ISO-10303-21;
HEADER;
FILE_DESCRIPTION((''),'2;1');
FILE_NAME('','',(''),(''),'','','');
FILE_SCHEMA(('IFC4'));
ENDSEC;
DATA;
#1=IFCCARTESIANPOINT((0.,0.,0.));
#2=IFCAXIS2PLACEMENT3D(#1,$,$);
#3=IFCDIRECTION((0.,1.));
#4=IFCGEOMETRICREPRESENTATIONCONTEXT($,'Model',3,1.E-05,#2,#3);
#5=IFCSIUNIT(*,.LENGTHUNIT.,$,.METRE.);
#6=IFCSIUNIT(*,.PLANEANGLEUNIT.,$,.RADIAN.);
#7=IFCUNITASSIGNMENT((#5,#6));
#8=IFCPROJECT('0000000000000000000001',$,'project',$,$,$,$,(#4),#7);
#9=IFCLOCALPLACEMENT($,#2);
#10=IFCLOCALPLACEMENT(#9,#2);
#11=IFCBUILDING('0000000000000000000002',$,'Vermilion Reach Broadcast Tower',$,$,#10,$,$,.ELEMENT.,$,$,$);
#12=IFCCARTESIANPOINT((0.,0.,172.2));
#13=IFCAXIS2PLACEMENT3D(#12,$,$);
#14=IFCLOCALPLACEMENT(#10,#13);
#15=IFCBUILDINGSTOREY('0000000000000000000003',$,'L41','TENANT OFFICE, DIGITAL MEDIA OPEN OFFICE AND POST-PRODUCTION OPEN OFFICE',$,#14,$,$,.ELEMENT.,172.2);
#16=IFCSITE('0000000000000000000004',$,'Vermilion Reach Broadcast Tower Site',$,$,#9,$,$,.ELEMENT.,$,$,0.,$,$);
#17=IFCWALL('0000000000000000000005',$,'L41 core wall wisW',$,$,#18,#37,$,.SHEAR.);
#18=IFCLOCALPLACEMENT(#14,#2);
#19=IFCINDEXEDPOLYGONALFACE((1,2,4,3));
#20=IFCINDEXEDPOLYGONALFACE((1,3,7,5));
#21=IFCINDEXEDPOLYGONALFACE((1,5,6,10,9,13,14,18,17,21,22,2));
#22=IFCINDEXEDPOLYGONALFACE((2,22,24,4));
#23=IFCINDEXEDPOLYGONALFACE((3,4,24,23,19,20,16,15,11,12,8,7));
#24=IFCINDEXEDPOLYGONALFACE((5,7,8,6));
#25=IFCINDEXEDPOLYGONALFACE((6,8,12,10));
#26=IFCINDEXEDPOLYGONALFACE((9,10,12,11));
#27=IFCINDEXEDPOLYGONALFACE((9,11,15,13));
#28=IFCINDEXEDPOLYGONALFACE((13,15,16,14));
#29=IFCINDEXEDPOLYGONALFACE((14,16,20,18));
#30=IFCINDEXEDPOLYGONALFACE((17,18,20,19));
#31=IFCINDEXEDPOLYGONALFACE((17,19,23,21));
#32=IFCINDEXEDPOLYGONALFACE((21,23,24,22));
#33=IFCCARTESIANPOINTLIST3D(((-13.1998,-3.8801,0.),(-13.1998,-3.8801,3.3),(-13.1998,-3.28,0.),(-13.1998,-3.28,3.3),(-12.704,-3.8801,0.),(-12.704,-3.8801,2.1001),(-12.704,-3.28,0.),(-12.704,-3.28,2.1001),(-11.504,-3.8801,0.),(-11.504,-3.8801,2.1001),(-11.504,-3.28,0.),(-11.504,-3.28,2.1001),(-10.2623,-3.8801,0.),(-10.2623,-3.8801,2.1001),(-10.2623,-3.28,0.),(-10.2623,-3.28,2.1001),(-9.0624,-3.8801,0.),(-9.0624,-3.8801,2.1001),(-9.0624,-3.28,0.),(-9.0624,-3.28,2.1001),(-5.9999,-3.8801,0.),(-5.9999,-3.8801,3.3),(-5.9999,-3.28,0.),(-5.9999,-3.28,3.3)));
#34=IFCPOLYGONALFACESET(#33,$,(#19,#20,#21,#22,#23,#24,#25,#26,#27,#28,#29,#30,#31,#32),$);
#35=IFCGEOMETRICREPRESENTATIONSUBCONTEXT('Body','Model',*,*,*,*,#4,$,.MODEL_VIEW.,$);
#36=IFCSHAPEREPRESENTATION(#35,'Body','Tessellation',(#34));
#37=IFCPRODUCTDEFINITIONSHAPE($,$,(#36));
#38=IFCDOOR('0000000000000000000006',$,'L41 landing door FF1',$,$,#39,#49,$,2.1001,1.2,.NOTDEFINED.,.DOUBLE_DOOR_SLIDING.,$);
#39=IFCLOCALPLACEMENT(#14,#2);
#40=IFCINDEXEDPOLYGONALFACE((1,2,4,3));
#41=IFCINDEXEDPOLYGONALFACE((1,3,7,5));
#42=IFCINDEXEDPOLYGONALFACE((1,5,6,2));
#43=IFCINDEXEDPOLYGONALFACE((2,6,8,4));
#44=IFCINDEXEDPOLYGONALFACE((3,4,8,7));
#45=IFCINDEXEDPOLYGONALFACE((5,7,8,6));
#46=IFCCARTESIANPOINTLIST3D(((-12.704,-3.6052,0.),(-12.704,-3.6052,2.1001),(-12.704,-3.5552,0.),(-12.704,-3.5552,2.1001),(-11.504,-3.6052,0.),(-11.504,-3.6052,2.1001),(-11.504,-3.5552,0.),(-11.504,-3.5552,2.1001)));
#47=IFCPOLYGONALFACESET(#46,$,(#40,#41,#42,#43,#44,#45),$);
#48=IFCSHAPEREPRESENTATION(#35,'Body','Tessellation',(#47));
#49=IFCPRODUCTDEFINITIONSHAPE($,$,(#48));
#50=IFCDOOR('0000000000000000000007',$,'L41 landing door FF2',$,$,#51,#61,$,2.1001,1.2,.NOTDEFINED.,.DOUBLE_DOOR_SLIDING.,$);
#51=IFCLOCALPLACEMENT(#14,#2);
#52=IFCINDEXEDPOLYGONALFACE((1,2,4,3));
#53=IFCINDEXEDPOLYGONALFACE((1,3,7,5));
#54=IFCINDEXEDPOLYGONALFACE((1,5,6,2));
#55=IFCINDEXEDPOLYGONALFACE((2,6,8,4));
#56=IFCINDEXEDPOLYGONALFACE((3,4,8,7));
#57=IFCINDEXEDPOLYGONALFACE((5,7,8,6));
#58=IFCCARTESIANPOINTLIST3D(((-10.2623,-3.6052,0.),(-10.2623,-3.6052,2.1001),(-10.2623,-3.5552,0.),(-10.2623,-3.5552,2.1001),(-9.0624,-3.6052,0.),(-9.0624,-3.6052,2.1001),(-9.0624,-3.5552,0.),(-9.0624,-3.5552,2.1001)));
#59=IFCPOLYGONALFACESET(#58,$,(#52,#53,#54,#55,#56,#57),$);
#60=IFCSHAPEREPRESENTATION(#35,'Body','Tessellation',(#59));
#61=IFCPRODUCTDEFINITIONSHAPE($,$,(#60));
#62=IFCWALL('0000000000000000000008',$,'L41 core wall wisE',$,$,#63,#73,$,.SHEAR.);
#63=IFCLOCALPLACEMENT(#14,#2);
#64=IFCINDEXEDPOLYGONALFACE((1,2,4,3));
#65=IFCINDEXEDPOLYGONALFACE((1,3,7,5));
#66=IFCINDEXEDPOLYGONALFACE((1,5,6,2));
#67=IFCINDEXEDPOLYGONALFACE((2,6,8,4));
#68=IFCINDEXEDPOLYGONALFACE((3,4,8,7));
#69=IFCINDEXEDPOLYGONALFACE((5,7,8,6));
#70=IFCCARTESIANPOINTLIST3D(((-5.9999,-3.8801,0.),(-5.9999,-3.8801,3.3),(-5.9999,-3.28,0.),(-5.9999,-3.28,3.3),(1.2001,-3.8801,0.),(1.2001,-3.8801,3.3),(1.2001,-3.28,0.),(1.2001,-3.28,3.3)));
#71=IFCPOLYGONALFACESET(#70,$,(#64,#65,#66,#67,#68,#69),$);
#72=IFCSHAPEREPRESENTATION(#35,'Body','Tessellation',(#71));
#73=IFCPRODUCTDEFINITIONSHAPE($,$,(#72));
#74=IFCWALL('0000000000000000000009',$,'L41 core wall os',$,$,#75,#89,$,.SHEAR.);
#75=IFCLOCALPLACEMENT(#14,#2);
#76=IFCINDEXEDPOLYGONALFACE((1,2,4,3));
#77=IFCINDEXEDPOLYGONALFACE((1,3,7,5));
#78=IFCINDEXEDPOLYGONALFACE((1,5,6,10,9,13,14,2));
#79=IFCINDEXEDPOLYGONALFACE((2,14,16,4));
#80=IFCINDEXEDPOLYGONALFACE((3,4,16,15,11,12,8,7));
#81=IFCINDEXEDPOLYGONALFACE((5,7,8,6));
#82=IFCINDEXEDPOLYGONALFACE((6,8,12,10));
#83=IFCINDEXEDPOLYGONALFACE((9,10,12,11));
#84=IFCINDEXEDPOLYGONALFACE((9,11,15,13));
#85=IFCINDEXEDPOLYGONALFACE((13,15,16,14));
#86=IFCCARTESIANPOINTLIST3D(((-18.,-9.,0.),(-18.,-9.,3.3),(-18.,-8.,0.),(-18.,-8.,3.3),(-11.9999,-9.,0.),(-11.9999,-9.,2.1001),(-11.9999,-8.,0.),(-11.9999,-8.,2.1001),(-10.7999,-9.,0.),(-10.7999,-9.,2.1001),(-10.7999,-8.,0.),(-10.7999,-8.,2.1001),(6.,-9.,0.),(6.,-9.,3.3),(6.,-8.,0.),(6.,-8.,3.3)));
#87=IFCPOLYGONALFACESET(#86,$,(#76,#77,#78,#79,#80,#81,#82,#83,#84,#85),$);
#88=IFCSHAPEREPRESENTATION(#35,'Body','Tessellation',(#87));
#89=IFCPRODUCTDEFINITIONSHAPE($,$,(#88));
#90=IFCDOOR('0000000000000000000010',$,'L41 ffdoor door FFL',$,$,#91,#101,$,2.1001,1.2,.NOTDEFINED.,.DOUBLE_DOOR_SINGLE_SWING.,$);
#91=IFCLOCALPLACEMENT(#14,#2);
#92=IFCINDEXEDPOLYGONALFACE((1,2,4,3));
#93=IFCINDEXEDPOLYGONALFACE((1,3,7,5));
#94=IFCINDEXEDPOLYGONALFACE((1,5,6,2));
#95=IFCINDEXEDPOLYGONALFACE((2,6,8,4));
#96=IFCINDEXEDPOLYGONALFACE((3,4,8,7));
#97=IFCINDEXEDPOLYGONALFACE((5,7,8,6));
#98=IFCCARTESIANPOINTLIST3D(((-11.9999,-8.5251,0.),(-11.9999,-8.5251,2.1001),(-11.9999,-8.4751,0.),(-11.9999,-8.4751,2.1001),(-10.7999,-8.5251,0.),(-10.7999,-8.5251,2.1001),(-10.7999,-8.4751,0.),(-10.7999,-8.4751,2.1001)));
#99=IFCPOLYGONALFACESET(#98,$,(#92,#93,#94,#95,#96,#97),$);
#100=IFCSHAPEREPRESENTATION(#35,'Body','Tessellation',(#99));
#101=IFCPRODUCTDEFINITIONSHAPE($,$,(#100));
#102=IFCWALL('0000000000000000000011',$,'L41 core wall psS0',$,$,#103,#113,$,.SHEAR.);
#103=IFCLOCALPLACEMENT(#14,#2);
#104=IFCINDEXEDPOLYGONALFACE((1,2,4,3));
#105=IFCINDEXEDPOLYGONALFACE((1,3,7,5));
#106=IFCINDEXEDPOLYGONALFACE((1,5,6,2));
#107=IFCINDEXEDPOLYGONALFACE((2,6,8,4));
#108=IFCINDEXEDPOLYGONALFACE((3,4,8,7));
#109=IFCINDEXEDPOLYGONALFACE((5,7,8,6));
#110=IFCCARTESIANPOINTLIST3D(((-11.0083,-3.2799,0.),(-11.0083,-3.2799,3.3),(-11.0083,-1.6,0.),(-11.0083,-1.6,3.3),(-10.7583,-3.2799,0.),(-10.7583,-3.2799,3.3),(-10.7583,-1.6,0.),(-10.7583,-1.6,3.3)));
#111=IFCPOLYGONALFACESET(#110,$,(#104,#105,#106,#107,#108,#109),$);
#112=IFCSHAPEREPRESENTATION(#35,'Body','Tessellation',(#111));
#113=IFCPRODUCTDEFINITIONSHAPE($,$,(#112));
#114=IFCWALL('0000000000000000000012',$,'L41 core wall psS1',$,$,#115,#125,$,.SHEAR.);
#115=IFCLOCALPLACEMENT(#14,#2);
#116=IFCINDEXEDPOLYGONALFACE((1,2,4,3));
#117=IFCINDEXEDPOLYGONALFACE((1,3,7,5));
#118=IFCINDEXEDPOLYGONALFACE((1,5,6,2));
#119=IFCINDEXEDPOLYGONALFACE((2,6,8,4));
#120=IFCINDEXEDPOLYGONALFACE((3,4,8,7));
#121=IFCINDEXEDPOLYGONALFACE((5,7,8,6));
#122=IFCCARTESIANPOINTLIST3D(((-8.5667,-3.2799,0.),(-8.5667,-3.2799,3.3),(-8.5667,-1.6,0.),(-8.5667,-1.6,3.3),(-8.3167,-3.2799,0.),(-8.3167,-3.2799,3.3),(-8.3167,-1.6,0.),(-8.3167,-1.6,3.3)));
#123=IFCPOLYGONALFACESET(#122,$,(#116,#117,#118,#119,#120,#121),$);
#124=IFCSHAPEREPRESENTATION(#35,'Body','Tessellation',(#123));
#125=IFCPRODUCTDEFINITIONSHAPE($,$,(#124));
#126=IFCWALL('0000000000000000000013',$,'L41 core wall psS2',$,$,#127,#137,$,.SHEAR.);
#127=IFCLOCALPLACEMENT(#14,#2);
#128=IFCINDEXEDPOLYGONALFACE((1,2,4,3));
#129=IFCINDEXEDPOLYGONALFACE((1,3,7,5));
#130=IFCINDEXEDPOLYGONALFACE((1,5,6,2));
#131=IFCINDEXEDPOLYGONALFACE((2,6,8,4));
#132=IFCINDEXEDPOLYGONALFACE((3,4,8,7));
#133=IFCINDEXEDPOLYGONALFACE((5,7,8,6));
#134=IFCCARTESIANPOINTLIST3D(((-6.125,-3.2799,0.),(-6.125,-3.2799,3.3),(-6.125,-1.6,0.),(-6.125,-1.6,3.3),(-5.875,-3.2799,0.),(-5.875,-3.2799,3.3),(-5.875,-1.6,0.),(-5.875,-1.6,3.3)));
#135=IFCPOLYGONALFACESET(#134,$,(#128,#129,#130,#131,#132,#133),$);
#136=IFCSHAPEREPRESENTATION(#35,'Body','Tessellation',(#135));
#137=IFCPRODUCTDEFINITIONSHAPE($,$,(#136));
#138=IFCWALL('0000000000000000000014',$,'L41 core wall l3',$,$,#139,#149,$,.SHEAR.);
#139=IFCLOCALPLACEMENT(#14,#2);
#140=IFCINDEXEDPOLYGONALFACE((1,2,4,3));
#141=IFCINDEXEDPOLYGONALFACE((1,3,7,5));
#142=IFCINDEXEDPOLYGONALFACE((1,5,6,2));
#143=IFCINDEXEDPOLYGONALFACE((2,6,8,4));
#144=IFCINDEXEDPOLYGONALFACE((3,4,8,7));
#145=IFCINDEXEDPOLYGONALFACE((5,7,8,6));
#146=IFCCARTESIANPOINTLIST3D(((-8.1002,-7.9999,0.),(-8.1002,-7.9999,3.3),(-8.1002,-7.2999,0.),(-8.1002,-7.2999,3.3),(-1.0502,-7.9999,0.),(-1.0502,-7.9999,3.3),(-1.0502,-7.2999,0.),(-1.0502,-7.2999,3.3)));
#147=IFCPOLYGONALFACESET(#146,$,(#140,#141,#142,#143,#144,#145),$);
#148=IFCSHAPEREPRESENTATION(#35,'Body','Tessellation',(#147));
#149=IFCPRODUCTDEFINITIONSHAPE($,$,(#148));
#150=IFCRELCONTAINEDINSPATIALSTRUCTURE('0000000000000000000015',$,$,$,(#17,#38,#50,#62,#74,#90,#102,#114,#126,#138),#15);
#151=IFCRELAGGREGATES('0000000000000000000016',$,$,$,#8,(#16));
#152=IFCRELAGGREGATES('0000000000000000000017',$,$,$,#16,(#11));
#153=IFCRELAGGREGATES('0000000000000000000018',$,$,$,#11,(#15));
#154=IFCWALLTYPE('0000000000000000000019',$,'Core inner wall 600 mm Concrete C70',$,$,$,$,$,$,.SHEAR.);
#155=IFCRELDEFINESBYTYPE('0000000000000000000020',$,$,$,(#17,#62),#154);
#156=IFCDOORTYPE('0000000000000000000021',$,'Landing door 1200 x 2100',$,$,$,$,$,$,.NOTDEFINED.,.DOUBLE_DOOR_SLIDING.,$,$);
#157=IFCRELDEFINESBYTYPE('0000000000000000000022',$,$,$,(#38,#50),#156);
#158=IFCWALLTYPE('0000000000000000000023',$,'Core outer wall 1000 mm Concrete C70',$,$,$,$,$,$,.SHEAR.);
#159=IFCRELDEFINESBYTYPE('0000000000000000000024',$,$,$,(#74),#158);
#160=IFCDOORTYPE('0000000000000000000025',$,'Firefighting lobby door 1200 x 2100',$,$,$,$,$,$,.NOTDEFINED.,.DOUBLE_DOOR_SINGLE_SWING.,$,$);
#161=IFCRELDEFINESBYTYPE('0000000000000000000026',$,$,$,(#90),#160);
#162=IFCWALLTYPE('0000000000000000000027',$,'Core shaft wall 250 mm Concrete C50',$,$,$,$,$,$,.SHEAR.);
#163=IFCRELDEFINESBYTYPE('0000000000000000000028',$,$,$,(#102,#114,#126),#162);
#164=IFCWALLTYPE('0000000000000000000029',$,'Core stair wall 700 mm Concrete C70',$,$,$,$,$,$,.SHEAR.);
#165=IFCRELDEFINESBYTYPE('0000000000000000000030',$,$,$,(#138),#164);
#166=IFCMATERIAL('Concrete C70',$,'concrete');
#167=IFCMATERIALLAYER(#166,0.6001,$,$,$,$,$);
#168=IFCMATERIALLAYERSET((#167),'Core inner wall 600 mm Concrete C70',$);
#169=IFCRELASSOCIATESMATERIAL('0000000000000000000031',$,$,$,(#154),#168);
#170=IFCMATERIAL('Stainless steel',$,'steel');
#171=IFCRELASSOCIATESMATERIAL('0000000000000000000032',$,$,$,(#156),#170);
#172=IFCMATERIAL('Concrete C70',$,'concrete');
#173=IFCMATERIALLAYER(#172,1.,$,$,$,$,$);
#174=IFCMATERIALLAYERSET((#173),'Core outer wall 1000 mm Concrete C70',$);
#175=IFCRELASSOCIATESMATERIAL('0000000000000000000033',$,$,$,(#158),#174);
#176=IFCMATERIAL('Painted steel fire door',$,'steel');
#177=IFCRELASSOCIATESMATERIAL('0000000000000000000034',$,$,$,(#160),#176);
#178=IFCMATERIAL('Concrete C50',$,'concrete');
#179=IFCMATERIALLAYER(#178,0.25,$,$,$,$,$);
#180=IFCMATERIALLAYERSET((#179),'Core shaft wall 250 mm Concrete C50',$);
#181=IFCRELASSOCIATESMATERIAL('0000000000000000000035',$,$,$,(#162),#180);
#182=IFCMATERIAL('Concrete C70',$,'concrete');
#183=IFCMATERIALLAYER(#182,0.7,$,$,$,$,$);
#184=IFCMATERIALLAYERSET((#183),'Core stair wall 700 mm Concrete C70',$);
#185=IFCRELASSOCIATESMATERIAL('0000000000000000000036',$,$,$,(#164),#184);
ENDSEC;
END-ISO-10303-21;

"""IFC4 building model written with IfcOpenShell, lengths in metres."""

from ifc_helpers import new_model, si_unit, direction, frame, frame_2d, origin, place, context, subcontext, project, spatial, rectangle, extrude, material, layer, layer_set, type_object, element, fill, save


model = new_model("IFC4")

# Units and contexts
model_context = context("Model", 3, precision=1e-05, world=origin(), true_north=direction((0.0, 1.0)))
body_context = subcontext(model_context, "Body", "Model", "MODEL_VIEW")
ifc_project = project(units=[si_unit("LENGTHUNIT", "METRE"), si_unit("PLANEANGLEUNIT", "RADIAN")], contexts=[model_context])

# Site, building, storey
site_placement = place(None, origin())
site = spatial("IfcSite", under=ifc_project, at=site_placement, Name="Vermilion Reach Broadcast Tower Site", CompositionType="ELEMENT", RefElevation=0.0)
building_placement = place(site_placement, origin())
building = spatial("IfcBuilding", under=site, at=building_placement, Name="Vermilion Reach Broadcast Tower", CompositionType="ELEMENT")
storey_placement = place(building_placement, frame((0.0, 0.0, 172.2)))
storey = spatial("IfcBuildingStorey", under=building, at=storey_placement, Name="L41", Description="TENANT OFFICE, DIGITAL MEDIA OPEN OFFICE AND POST-PRODUCTION OPEN OFFICE", CompositionType="ELEMENT", Elevation=172.2)

# Wall, openings, doors
ifc_material_1 = material(Name="Concrete C70", Category="concrete")
ifc_layer_1 = layer(ifc_material_1, 0.6001)
ifc_layer_set_1 = layer_set([ifc_layer_1], Name="Core inner wall 600 mm Concrete C70")
wall_type_1 = type_object("IfcWallType", Name="Core inner wall 600 mm Concrete C70", PredefinedType="SHEAR", material=ifc_layer_set_1)
wall_1_placement = place(storey_placement, frame((-13.2, -3.5801, 0.0), z_axis=(0.0, 0.0, 1.0), x_axis=(1.0, 0.0, 0.0)))
wall_1 = element("IfcWall", 1, at=wall_1_placement, inside=storey, type_object=wall_type_1, Name="L41 core wall wisW", PredefinedType="SHEAR", context=body_context, shape_type="SweptSolid", body=[
    extrude(rectangle(XDim=7.2, YDim=0.6001, at=frame_2d((3.6001, 0.0))), origin(), (0.0, 0.0, 1.0), 3.3),
])
opening_1_placement = place(wall_1_placement, frame((0.4958, 0.0, 0.0)))
opening_1 = element("IfcOpeningElement", 2, at=opening_1_placement, cuts=wall_1, PredefinedType="OPENING", context=body_context, shape_type="SweptSolid", body=[
    extrude(rectangle(XDim=1.2, YDim=2.1001, at=frame_2d((0.6001, 1.05))), frame((0.0, 0.3101, 0.0), z_axis=(0.0, -1.0, 0.0), x_axis=(1.0, 0.0, 0.0)), (0.0, 0.0, 1.0), 0.6201),
])
opening_2_placement = place(wall_1_placement, frame((2.9375, 0.0, 0.0)))
opening_2 = element("IfcOpeningElement", 3, at=opening_2_placement, cuts=wall_1, PredefinedType="OPENING", context=body_context, shape_type="SweptSolid", body=[
    extrude(rectangle(XDim=1.2, YDim=2.1001, at=frame_2d((0.6001, 1.05))), frame((0.0, 0.3101, 0.0), z_axis=(0.0, -1.0, 0.0), x_axis=(1.0, 0.0, 0.0)), (0.0, 0.0, 1.0), 0.6201),
])
ifc_material_2 = material(Name="Stainless steel", Category="steel")
door_type_1 = type_object("IfcDoorType", Name="Landing door 1200 x 2100", OperationType="DOUBLE_DOOR_SLIDING", PredefinedType="NOTDEFINED", material=ifc_material_2)
door_1_placement = place(opening_1_placement, origin())
door_1 = element("IfcDoor", 4, at=door_1_placement, inside=storey, type_object=door_type_1, Name="L41 landing door FF1", OperationType="DOUBLE_DOOR_SLIDING", OverallHeight=2.1001, OverallWidth=1.2, PredefinedType="NOTDEFINED", context=body_context, shape_type="SweptSolid", body=[
    extrude(rectangle(XDim=1.2, YDim=2.1001, at=frame_2d((0.6001, 1.05))), frame((0.0, 0.0249, 0.0), z_axis=(0.0, -1.0, 0.0), x_axis=(1.0, 0.0, 0.0)), (0.0, 0.0, 1.0), 0.05),
])
fill(opening_1, door_1)
door_2_placement = place(opening_2_placement, origin())
door_2 = element("IfcDoor", 5, at=door_2_placement, inside=storey, type_object=door_type_1, Name="L41 landing door FF2", OperationType="DOUBLE_DOOR_SLIDING", OverallHeight=2.1001, OverallWidth=1.2, PredefinedType="NOTDEFINED", context=body_context, shape_type="SweptSolid", body=[
    extrude(rectangle(XDim=1.2, YDim=2.1001, at=frame_2d((0.6001, 1.05))), frame((0.0, 0.0249, 0.0), z_axis=(0.0, -1.0, 0.0), x_axis=(1.0, 0.0, 0.0)), (0.0, 0.0, 1.0), 0.05),
])
fill(opening_2, door_2)

# Wall
wall_2_placement = place(storey_placement, frame((-6.0, -3.5801, 0.0), z_axis=(0.0, 0.0, 1.0), x_axis=(1.0, 0.0, 0.0)))
element("IfcWall", 6, at=wall_2_placement, inside=storey, type_object=wall_type_1, Name="L41 core wall wisE", PredefinedType="SHEAR", context=body_context, shape_type="SweptSolid", body=[
    extrude(rectangle(XDim=7.2, YDim=0.6001, at=frame_2d((3.6001, 0.0))), origin(), (0.0, 0.0, 1.0), 3.3),
])

# Wall, opening, door
ifc_material_3 = material(Name="Concrete C70", Category="concrete")
ifc_layer_2 = layer(ifc_material_3, 1.0)
ifc_layer_set_2 = layer_set([ifc_layer_2], Name="Core outer wall 1000 mm Concrete C70")
wall_type_2 = type_object("IfcWallType", Name="Core outer wall 1000 mm Concrete C70", PredefinedType="SHEAR", material=ifc_layer_set_2)
wall_3_placement = place(storey_placement, frame((-18.0, -8.5, 0.0), z_axis=(0.0, 0.0, 1.0), x_axis=(1.0, 0.0, 0.0)))
wall_3 = element("IfcWall", 7, at=wall_3_placement, inside=storey, type_object=wall_type_2, Name="L41 core wall os", PredefinedType="SHEAR", context=body_context, shape_type="SweptSolid", body=[
    extrude(rectangle(XDim=24.0, YDim=1.0, at=frame_2d((12.0, 0.0))), origin(), (0.0, 0.0, 1.0), 3.3),
])
opening_3_placement = place(wall_3_placement, frame((6.0, 0.0, 0.0)))
opening_3 = element("IfcOpeningElement", 8, at=opening_3_placement, cuts=wall_3, PredefinedType="OPENING", context=body_context, shape_type="SweptSolid", body=[
    extrude(rectangle(XDim=1.2, YDim=2.1001, at=frame_2d((0.6001, 1.05))), frame((0.0, 0.51, 0.0), z_axis=(0.0, -1.0, 0.0), x_axis=(1.0, 0.0, 0.0)), (0.0, 0.0, 1.0), 1.02),
])
ifc_material_4 = material(Name="Painted steel fire door", Category="steel")
door_type_2 = type_object("IfcDoorType", Name="Firefighting lobby door 1200 x 2100", OperationType="DOUBLE_DOOR_SINGLE_SWING", PredefinedType="NOTDEFINED", material=ifc_material_4)
door_3_placement = place(opening_3_placement, origin())
door_3 = element("IfcDoor", 9, at=door_3_placement, inside=storey, type_object=door_type_2, Name="L41 ffdoor door FFL", OperationType="DOUBLE_DOOR_SINGLE_SWING", OverallHeight=2.1001, OverallWidth=1.2, PredefinedType="NOTDEFINED", context=body_context, shape_type="SweptSolid", body=[
    extrude(rectangle(XDim=1.2, YDim=2.1001, at=frame_2d((0.6001, 1.05))), frame((0.0, 0.0249, 0.0), z_axis=(0.0, -1.0, 0.0), x_axis=(1.0, 0.0, 0.0)), (0.0, 0.0, 1.0), 0.05),
])
fill(opening_3, door_3)

# Walls
ifc_material_5 = material(Name="Concrete C50", Category="concrete")
ifc_layer_3 = layer(ifc_material_5, 0.25)
ifc_layer_set_3 = layer_set([ifc_layer_3], Name="Core shaft wall 250 mm Concrete C50")
wall_type_3 = type_object("IfcWallType", Name="Core shaft wall 250 mm Concrete C50", PredefinedType="SHEAR", material=ifc_layer_set_3)
for number, where, z_axis, x_axis, name in (
    (10, (-10.8833, -1.6001, 0.0), (0.0, 0.0, 1.0), (0.0, -1.0, 0.0), "L41 core wall psS0"),
    (11, (-8.4417, -1.6001, 0.0), (0.0, 0.0, 1.0), (0.0, -1.0, 0.0), "L41 core wall psS1"),
    (12, (-6.0, -1.6001, 0.0), (0.0, 0.0, 1.0), (0.0, -1.0, 0.0), "L41 core wall psS2"),
):
    element("IfcWall", number, at=place(storey_placement, frame(where, z_axis=z_axis, x_axis=x_axis)), inside=storey, type_object=wall_type_3, Name=name, PredefinedType="SHEAR", context=body_context, shape_type="SweptSolid", body=[
        extrude(rectangle(XDim=1.6799, YDim=0.25, at=frame_2d((0.8398, 0.0))), origin(), (0.0, 0.0, 1.0), 3.3),
    ])
ifc_material_6 = material(Name="Concrete C70", Category="concrete")
ifc_layer_4 = layer(ifc_material_6, 0.7)
ifc_layer_set_4 = layer_set([ifc_layer_4], Name="Core stair wall 700 mm Concrete C70")
wall_type_4 = type_object("IfcWallType", Name="Core stair wall 700 mm Concrete C70", PredefinedType="SHEAR", material=ifc_layer_set_4)
wall_4_placement = place(storey_placement, frame((-8.1001, -7.6499, 0.0), z_axis=(0.0, 0.0, 1.0), x_axis=(1.0, 0.0, 0.0)))
element("IfcWall", 13, at=wall_4_placement, inside=storey, type_object=wall_type_4, Name="L41 core wall l3", PredefinedType="SHEAR", context=body_context, shape_type="SweptSolid", body=[
    extrude(rectangle(XDim=7.05, YDim=0.7, at=frame_2d((3.5249, 0.0))), origin(), (0.0, 0.0, 1.0), 3.3),
])

save(model, "model.ifc")
